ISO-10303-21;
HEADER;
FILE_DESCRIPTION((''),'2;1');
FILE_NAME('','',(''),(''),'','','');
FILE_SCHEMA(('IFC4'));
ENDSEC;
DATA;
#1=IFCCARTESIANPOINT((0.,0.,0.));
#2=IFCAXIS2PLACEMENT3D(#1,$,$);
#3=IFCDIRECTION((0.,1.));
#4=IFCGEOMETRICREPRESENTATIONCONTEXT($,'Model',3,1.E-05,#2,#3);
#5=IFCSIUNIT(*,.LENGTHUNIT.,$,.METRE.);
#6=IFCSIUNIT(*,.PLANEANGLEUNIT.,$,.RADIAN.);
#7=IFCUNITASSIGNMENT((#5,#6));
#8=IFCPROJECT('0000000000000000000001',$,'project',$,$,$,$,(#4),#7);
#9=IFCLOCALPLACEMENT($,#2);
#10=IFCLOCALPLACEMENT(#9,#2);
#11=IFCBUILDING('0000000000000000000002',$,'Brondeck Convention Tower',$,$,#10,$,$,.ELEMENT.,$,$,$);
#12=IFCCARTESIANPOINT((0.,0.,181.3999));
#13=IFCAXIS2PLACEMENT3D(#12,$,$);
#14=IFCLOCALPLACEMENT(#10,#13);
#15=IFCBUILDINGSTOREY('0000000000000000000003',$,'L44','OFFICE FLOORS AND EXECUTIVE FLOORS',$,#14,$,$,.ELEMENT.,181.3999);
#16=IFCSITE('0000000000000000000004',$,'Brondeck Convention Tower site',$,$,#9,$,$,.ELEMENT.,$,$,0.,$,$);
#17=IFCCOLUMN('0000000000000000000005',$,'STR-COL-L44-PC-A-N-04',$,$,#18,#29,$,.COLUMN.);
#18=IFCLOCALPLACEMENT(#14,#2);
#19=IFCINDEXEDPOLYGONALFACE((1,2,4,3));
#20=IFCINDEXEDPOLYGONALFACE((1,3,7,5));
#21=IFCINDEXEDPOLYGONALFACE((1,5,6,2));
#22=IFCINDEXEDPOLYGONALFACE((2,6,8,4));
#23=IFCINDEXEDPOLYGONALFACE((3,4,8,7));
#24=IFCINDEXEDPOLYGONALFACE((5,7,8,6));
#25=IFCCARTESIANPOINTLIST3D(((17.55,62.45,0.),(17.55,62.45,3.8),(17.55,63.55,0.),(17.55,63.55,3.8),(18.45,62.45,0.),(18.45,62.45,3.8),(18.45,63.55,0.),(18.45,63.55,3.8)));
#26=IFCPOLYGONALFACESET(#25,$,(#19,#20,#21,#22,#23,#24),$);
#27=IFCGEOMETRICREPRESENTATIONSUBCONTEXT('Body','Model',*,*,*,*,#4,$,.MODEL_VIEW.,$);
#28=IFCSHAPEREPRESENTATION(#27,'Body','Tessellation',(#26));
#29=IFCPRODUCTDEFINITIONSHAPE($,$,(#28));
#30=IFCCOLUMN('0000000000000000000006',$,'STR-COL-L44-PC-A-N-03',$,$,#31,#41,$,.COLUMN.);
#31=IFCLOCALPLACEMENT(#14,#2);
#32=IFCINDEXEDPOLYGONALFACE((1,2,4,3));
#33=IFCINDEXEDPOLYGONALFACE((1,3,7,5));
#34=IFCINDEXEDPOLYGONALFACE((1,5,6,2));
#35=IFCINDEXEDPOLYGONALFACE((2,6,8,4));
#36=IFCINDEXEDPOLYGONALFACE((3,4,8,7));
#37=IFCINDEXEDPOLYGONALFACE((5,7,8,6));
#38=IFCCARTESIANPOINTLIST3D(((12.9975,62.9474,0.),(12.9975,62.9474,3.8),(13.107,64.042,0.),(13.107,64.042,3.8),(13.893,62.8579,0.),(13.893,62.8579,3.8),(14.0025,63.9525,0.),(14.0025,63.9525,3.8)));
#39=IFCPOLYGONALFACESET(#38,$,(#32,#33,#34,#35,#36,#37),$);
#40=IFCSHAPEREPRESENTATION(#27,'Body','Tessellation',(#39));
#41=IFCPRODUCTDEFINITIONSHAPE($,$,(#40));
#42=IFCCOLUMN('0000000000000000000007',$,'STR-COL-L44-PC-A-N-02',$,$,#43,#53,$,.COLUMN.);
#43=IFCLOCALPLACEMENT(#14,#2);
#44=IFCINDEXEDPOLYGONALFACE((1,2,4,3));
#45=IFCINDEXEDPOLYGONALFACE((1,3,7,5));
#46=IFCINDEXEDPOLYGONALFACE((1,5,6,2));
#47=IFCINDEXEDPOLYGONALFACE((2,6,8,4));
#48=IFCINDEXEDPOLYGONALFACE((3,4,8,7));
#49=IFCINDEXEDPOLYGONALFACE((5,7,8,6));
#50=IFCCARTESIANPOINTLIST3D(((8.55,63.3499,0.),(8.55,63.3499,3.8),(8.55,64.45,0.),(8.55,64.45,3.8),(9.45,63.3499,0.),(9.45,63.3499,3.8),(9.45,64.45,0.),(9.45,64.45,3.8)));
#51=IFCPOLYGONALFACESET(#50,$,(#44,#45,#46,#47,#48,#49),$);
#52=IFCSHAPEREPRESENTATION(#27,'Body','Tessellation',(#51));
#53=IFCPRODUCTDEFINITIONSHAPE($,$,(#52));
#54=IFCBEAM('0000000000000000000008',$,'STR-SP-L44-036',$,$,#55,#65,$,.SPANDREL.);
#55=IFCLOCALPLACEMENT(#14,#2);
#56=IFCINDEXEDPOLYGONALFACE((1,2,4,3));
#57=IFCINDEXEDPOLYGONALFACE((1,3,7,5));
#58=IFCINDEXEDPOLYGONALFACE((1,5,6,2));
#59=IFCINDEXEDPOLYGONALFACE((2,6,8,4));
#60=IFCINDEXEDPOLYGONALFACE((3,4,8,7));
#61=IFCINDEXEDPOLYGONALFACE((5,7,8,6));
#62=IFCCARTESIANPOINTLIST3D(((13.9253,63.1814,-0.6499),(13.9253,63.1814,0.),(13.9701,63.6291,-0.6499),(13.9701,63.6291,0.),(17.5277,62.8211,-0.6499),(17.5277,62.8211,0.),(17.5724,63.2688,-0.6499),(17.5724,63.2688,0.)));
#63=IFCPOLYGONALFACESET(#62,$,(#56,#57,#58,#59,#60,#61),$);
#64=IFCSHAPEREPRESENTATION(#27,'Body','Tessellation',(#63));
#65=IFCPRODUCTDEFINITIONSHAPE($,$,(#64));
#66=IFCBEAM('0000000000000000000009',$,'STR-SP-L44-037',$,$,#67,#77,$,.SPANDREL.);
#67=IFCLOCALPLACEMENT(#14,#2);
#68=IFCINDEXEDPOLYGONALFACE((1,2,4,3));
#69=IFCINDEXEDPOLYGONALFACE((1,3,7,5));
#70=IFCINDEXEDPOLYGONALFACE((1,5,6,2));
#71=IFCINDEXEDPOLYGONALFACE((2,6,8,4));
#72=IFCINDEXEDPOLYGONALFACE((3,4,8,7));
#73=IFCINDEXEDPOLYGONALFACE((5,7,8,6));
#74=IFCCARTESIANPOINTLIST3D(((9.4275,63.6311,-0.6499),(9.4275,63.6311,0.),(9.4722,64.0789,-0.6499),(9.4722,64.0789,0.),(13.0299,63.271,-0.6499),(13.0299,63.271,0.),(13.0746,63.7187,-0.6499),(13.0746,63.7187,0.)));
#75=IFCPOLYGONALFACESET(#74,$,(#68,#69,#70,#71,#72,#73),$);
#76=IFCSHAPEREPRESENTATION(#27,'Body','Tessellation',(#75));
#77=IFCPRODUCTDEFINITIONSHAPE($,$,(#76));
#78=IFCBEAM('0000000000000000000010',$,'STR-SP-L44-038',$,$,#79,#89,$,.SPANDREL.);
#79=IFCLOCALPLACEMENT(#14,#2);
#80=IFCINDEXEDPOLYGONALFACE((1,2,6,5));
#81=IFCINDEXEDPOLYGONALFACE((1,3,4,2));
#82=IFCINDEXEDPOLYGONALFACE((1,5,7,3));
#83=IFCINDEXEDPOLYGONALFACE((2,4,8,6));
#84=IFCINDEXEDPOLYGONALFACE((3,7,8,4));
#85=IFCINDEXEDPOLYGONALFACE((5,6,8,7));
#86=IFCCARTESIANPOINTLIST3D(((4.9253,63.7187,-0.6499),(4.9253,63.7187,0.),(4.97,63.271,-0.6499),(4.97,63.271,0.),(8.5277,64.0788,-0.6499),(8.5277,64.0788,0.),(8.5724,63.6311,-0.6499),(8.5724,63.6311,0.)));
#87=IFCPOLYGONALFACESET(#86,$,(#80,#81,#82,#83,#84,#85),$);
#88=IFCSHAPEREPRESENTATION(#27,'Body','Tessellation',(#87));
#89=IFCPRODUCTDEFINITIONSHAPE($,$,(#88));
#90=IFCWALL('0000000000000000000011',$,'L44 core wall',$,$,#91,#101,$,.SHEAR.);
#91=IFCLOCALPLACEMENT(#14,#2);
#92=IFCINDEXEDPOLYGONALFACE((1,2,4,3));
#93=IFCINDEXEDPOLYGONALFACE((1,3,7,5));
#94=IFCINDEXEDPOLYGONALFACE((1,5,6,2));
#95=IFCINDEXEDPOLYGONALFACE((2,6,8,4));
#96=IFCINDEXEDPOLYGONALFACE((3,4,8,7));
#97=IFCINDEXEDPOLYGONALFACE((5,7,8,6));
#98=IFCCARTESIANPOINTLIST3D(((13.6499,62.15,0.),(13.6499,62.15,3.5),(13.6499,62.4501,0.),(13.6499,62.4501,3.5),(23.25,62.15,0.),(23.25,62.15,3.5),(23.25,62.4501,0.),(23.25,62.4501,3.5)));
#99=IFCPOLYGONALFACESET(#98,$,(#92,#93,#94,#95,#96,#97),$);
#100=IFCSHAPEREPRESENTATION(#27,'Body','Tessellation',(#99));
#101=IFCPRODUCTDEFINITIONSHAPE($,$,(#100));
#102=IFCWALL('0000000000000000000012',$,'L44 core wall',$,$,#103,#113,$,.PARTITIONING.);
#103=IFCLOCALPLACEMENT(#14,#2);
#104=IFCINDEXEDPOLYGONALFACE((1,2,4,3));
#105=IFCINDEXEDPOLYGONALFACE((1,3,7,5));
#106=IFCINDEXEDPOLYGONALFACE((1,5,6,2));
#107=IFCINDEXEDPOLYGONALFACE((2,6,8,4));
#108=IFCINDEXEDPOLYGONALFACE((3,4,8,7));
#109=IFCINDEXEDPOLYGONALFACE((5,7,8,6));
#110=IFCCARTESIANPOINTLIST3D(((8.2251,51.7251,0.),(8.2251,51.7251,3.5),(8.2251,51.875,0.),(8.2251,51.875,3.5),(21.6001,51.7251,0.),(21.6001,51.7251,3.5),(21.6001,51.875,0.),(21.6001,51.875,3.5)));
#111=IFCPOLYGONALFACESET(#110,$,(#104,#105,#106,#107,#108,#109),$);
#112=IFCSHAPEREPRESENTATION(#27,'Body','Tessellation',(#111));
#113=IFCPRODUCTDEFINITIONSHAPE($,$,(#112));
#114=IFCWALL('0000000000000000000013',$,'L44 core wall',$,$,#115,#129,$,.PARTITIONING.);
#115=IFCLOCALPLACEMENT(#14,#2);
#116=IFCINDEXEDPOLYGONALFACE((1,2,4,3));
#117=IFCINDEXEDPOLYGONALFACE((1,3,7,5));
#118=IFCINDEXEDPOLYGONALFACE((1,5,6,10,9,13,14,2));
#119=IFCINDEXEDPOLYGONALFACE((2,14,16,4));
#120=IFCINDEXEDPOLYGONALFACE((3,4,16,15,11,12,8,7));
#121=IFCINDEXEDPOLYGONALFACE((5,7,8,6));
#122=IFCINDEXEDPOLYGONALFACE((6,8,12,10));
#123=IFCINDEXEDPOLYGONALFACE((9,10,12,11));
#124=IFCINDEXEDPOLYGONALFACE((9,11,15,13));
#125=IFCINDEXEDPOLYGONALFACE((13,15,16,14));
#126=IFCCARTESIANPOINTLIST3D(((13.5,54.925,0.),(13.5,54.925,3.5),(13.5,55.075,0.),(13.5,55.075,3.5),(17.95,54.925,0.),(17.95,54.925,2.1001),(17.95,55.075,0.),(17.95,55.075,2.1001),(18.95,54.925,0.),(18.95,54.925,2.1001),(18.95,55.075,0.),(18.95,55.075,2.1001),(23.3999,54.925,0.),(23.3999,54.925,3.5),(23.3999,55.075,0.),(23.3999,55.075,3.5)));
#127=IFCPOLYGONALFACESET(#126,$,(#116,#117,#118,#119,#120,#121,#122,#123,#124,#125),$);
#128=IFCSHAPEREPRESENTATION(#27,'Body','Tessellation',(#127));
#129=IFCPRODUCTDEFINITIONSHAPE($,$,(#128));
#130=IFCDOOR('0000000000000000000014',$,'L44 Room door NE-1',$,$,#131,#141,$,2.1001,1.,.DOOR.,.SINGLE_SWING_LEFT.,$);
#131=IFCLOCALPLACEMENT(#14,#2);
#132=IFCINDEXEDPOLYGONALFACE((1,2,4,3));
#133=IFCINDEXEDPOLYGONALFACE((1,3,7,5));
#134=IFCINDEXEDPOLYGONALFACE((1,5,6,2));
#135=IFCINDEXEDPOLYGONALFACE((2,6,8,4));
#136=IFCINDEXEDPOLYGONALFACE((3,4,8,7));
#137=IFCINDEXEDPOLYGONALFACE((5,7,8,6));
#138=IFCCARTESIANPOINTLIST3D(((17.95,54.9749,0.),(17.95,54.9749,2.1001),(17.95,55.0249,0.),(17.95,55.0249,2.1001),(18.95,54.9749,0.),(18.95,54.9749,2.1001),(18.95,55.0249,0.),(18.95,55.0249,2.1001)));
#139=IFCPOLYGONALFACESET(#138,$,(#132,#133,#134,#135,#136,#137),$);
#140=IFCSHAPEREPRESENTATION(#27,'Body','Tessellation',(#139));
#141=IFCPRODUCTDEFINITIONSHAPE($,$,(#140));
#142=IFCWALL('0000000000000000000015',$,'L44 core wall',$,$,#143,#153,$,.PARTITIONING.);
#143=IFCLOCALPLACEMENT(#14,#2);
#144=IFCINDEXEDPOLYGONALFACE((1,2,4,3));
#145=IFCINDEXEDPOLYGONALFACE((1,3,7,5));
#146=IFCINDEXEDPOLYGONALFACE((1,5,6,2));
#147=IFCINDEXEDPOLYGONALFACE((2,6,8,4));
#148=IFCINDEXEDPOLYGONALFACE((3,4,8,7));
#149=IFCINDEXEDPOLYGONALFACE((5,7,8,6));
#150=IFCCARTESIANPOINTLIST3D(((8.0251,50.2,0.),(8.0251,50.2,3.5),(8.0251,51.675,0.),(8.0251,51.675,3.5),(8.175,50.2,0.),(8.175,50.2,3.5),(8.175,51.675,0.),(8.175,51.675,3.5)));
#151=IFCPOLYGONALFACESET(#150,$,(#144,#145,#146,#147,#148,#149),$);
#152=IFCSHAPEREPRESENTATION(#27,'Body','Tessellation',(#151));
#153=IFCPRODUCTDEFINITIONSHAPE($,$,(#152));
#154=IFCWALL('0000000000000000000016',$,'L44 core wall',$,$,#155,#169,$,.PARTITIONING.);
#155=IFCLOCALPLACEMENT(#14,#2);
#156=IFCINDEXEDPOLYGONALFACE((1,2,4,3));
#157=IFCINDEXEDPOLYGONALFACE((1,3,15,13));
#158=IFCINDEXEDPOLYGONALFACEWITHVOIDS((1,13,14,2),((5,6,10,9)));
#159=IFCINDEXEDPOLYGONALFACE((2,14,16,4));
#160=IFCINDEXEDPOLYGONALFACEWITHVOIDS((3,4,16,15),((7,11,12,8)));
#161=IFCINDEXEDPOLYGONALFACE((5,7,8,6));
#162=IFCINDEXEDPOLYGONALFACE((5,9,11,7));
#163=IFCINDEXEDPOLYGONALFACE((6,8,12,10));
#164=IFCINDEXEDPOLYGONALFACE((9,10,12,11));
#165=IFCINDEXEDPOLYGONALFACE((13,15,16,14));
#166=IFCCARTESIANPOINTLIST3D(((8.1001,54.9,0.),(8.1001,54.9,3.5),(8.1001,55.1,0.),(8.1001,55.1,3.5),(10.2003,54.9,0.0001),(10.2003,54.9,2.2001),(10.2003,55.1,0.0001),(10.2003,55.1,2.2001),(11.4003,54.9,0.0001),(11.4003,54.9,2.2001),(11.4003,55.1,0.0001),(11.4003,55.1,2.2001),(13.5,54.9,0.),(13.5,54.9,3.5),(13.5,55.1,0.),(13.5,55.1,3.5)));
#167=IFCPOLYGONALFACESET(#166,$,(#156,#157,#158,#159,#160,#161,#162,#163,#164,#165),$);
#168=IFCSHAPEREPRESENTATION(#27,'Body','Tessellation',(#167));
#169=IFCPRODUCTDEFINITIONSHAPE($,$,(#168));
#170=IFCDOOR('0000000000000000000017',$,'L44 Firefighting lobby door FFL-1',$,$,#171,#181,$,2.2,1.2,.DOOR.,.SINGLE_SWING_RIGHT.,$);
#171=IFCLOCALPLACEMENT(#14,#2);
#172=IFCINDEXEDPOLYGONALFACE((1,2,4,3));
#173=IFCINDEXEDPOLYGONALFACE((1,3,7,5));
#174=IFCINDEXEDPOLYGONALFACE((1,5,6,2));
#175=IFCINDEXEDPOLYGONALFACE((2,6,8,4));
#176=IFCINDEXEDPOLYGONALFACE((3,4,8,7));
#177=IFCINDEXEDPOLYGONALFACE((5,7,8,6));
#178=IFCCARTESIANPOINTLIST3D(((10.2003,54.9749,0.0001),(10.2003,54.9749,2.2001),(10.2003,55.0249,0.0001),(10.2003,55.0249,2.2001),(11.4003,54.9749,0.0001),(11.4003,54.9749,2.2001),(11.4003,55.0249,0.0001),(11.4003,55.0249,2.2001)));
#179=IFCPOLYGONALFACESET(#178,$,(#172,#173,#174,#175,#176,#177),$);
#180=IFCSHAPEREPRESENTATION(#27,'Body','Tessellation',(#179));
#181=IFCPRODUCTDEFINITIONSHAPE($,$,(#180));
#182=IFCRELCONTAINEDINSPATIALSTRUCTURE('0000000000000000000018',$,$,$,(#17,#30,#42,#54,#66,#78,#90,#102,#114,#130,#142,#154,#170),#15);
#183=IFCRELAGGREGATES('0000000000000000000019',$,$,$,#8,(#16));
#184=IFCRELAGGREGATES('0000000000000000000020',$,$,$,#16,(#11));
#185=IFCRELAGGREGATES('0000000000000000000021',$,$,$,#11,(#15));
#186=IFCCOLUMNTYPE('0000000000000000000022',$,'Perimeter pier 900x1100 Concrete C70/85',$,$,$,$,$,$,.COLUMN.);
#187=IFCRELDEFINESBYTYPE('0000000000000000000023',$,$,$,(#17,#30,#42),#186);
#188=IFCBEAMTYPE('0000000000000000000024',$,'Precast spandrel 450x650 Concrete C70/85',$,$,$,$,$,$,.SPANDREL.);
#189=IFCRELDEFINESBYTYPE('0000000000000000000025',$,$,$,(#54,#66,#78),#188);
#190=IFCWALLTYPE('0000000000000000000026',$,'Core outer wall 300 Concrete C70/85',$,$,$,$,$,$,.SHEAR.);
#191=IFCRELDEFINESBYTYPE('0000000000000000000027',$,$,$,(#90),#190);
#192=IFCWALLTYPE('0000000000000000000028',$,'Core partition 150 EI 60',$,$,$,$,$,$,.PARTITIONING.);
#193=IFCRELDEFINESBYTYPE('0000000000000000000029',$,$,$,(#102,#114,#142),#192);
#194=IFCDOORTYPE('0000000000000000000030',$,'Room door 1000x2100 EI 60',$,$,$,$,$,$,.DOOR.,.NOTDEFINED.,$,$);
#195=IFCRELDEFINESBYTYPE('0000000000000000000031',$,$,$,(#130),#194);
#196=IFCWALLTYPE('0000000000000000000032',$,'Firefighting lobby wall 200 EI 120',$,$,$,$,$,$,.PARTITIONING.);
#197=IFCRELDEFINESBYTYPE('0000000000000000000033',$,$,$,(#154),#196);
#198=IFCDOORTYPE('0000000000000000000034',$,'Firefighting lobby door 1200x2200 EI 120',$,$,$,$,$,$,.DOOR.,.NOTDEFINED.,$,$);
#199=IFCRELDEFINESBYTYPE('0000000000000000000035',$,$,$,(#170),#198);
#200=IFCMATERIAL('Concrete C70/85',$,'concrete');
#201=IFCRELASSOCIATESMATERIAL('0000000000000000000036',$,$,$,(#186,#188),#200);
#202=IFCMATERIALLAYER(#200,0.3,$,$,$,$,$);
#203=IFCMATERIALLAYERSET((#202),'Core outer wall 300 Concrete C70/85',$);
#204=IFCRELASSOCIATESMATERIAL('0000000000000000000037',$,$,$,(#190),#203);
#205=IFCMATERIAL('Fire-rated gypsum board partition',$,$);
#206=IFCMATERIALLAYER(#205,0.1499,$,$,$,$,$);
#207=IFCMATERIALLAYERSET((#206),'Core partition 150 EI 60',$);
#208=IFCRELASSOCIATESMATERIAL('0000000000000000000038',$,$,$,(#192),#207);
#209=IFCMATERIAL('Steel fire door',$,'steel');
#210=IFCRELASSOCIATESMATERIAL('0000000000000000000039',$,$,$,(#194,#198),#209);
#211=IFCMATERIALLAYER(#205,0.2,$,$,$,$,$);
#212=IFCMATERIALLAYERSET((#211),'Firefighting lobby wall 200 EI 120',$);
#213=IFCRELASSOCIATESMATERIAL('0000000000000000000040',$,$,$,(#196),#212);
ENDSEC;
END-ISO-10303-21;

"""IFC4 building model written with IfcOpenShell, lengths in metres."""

from ifc_helpers import new_model, si_unit, direction, frame, frame_2d, origin, origin_2d, place, context, subcontext, project, spatial, rectangle, extrude, material, layer, layer_set, material_profile, profile_set, type_object, element, fill, save


model = new_model("IFC4")

# Units and contexts
model_context = context("Model", 3, precision=1e-05, world=origin(), true_north=direction((0.0, 1.0)))
body_context = subcontext(model_context, "Body", "Model", "MODEL_VIEW")
ifc_project = project(units=[si_unit("LENGTHUNIT", "METRE"), si_unit("PLANEANGLEUNIT", "RADIAN")], contexts=[model_context])

# Site, building, storey
site_placement = place(None, origin())
site = spatial("IfcSite", under=ifc_project, at=site_placement, Name="Brondeck Convention Tower site", CompositionType="ELEMENT", RefElevation=0.0)
building_placement = place(site_placement, origin())
building = spatial("IfcBuilding", under=site, at=building_placement, Name="Brondeck Convention Tower", CompositionType="ELEMENT")
storey_placement = place(building_placement, frame((0.0, 0.0, 181.3999)))
storey = spatial("IfcBuildingStorey", under=building, at=storey_placement, Name="L44", Description="OFFICE FLOORS AND EXECUTIVE FLOORS", CompositionType="ELEMENT", Elevation=181.3999)

# Columns
ifc_material_1 = material(Name="Concrete C70/85", Category="concrete")
ifc_material_profile_1 = material_profile(ifc_material_1, rectangle(XDim=0.8999, YDim=1.1001, at=origin_2d()), Name="Perimeter pier 900x1100 Concrete C70/85")
ifc_profile_set_1 = profile_set([ifc_material_profile_1], Name="Concrete C70/85")
column_type = type_object("IfcColumnType", Name="Perimeter pier 900x1100 Concrete C70/85", PredefinedType="COLUMN", material=ifc_profile_set_1)
for number, where, z_axis, x_axis, name in (
    (1, (18.0, 63.0, 0.0), (0.0, 0.0, 1.0), (-1.0, 0.0, 0.0), "STR-COL-L44-PC-A-N-04"),
    (2, (13.5, 63.45, 0.0), (0.0, 0.0, 1.0), (-0.995037, 0.099504, 0.0), "STR-COL-L44-PC-A-N-03"),
    (3, (9.0, 63.8999, 0.0), (0.0, 0.0, 1.0), (-1.0, 0.0, 0.0), "STR-COL-L44-PC-A-N-02"),
):
    element("IfcColumn", number, at=place(storey_placement, frame(where, z_axis=z_axis, x_axis=x_axis)), inside=storey, type_object=column_type, Name=name, PredefinedType="COLUMN", context=body_context, shape_type="SweptSolid", body=[
        extrude(rectangle(XDim=0.8999, YDim=1.1001, at=origin_2d()), origin(), (0.0, 0.0, 1.0), 3.8),
    ])

# Beams
ifc_material_profile_2 = material_profile(ifc_material_1, rectangle(XDim=0.45, YDim=0.6499, at=origin_2d()), Name="Precast spandrel 450x650 Concrete C70/85")
ifc_profile_set_2 = profile_set([ifc_material_profile_2], Name="Concrete C70/85")
beam_type = type_object("IfcBeamType", Name="Precast spandrel 450x650 Concrete C70/85", PredefinedType="SPANDREL", material=ifc_profile_set_2)
for number, where, z_axis, x_axis, name in (
    (4, (17.55, 63.0449, -0.325), (-0.995034, 0.099537, 0.0), (-0.099537, -0.995034, 0.0), "STR-SP-L44-036"),
    (5, (13.0522, 63.4949, -0.325), (-0.995041, 0.09947, 0.0), (-0.09947, -0.995041, 0.0), "STR-SP-L44-037"),
    (6, (8.55, 63.855, -0.325), (-0.995041, -0.09947, 0.0), (0.09947, -0.995041, 0.0), "STR-SP-L44-038"),
):
    element("IfcBeam", number, at=place(storey_placement, frame(where, z_axis=z_axis, x_axis=x_axis)), inside=storey, type_object=beam_type, Name=name, PredefinedType="SPANDREL", context=body_context, shape_type="SweptSolid", body=[
        extrude(rectangle(XDim=0.45, YDim=0.6499, at=origin_2d()), origin(), (0.0, 0.0, 1.0), 3.6204),
    ])

# Walls
ifc_layer_1 = layer(ifc_material_1, 0.3)
ifc_layer_set_1 = layer_set([ifc_layer_1], Name="Core outer wall 300 Concrete C70/85")
wall_type_1 = type_object("IfcWallType", Name="Core outer wall 300 Concrete C70/85", PredefinedType="SHEAR", material=ifc_layer_set_1)
wall_1_placement = place(storey_placement, frame((13.6499, 62.3, 0.0), z_axis=(0.0, 0.0, 1.0), x_axis=(1.0, 0.0, 0.0)))
element("IfcWall", 7, at=wall_1_placement, inside=storey, type_object=wall_type_1, Name="L44 core wall", PredefinedType="SHEAR", context=body_context, shape_type="SweptSolid", body=[
    extrude(rectangle(XDim=9.6001, YDim=0.3, at=frame_2d((4.8, 0.0))), origin(), (0.0, 0.0, 1.0), 3.5),
])
ifc_material_2 = material(Name="Fire-rated gypsum board partition")
ifc_layer_2 = layer(ifc_material_2, 0.1499)
ifc_layer_set_2 = layer_set([ifc_layer_2], Name="Core partition 150 EI 60")
wall_type_2 = type_object("IfcWallType", Name="Core partition 150 EI 60", PredefinedType="PARTITIONING", material=ifc_layer_set_2)
wall_2_placement = place(storey_placement, frame((8.2251, 51.8, 0.0), z_axis=(0.0, 0.0, 1.0), x_axis=(1.0, 0.0, 0.0)))
element("IfcWall", 8, at=wall_2_placement, inside=storey, type_object=wall_type_2, Name="L44 core wall", PredefinedType="PARTITIONING", context=body_context, shape_type="SweptSolid", body=[
    extrude(rectangle(XDim=13.375, YDim=0.1499, at=frame_2d((6.6875, 0.0))), origin(), (0.0, 0.0, 1.0), 3.5),
])

# Wall, opening, door
wall_3_placement = place(storey_placement, frame((13.5, 55.0, 0.0), z_axis=(0.0, 0.0, 1.0), x_axis=(1.0, 0.0, 0.0)))
wall_3 = element("IfcWall", 9, at=wall_3_placement, inside=storey, type_object=wall_type_2, Name="L44 core wall", PredefinedType="PARTITIONING", context=body_context, shape_type="SweptSolid", body=[
    extrude(rectangle(XDim=9.8999, YDim=0.1499, at=frame_2d((4.95, 0.0))), origin(), (0.0, 0.0, 1.0), 3.5),
])
opening_1_placement = place(wall_3_placement, frame((4.45, 0.0, 0.0)))
opening_1 = element("IfcOpeningElement", 10, at=opening_1_placement, cuts=wall_3, PredefinedType="OPENING", context=body_context, shape_type="SweptSolid", body=[
    extrude(rectangle(XDim=1.0, YDim=2.1001, at=frame_2d((0.5, 1.05))), frame((0.0, 0.085, 0.0), z_axis=(0.0, -1.0, 0.0), x_axis=(1.0, 0.0, 0.0)), (0.0, 0.0, 1.0), 0.1699),
])
ifc_material_3 = material(Name="Steel fire door", Category="steel")
door_type_1 = type_object("IfcDoorType", Name="Room door 1000x2100 EI 60", OperationType="NOTDEFINED", PredefinedType="DOOR", material=ifc_material_3)
door_1_placement = place(opening_1_placement, origin())
door_1 = element("IfcDoor", 11, at=door_1_placement, inside=storey, type_object=door_type_1, Name="L44 Room door NE-1", OperationType="SINGLE_SWING_LEFT", OverallHeight=2.1001, OverallWidth=1.0, PredefinedType="DOOR", context=body_context, shape_type="SweptSolid", body=[
    extrude(rectangle(XDim=1.0, YDim=2.1001, at=frame_2d((0.5, 1.05))), frame((0.0, 0.0249, 0.0), z_axis=(0.0, -1.0, 0.0), x_axis=(1.0, 0.0, 0.0)), (0.0, 0.0, 1.0), 0.05),
])
fill(opening_1, door_1)

# Wall
wall_4_placement = place(storey_placement, frame((8.1001, 50.2, 0.0), z_axis=(0.0, 0.0, 1.0), x_axis=(0.0, 1.0, 0.0)))
element("IfcWall", 12, at=wall_4_placement, inside=storey, type_object=wall_type_2, Name="L44 core wall", PredefinedType="PARTITIONING", context=body_context, shape_type="SweptSolid", body=[
    extrude(rectangle(XDim=1.4751, YDim=0.1499, at=frame_2d((0.7375, 0.0))), origin(), (0.0, 0.0, 1.0), 3.5),
])

# Wall, opening, door
ifc_layer_3 = layer(ifc_material_2, 0.2)
ifc_layer_set_3 = layer_set([ifc_layer_3], Name="Firefighting lobby wall 200 EI 120")
wall_type_3 = type_object("IfcWallType", Name="Firefighting lobby wall 200 EI 120", PredefinedType="PARTITIONING", material=ifc_layer_set_3)
wall_5_placement = place(storey_placement, frame((8.1001, 55.0, 0.0), z_axis=(0.0, 0.0, 1.0), x_axis=(1.0, 0.0, 0.0)))
wall_5 = element("IfcWall", 13, at=wall_5_placement, inside=storey, type_object=wall_type_3, Name="L44 core wall", PredefinedType="PARTITIONING", context=body_context, shape_type="SweptSolid", body=[
    extrude(rectangle(XDim=5.3999, YDim=0.2, at=frame_2d((2.7, 0.0))), origin(), (0.0, 0.0, 1.0), 3.5),
])
opening_2_placement = place(wall_5_placement, frame((2.1001, 0.0, 0.0)))
opening_2 = element("IfcOpeningElement", 14, at=opening_2_placement, cuts=wall_5, PredefinedType="OPENING", context=body_context, shape_type="SweptSolid", body=[
    extrude(rectangle(XDim=1.2, YDim=2.2, at=frame_2d((0.6001, 1.1001))), frame((0.0, 0.1099, 0.0), z_axis=(0.0, -1.0, 0.0), x_axis=(1.0, 0.0, 0.0)), (0.0, 0.0, 1.0), 0.22),
])
door_type_2 = type_object("IfcDoorType", Name="Firefighting lobby door 1200x2200 EI 120", OperationType="NOTDEFINED", PredefinedType="DOOR", material=ifc_material_3)
door_2_placement = place(opening_2_placement, origin())
door_2 = element("IfcDoor", 15, at=door_2_placement, inside=storey, type_object=door_type_2, Name="L44 Firefighting lobby door FFL-1", OperationType="SINGLE_SWING_RIGHT", OverallHeight=2.2, OverallWidth=1.2, PredefinedType="DOOR", context=body_context, shape_type="SweptSolid", body=[
    extrude(rectangle(XDim=1.2, YDim=2.2, at=frame_2d((0.6001, 1.1001))), frame((0.0, 0.0249, 0.0), z_axis=(0.0, -1.0, 0.0), x_axis=(1.0, 0.0, 0.0)), (0.0, 0.0, 1.0), 0.05),
])
fill(opening_2, door_2)

save(model, "model.ifc")
